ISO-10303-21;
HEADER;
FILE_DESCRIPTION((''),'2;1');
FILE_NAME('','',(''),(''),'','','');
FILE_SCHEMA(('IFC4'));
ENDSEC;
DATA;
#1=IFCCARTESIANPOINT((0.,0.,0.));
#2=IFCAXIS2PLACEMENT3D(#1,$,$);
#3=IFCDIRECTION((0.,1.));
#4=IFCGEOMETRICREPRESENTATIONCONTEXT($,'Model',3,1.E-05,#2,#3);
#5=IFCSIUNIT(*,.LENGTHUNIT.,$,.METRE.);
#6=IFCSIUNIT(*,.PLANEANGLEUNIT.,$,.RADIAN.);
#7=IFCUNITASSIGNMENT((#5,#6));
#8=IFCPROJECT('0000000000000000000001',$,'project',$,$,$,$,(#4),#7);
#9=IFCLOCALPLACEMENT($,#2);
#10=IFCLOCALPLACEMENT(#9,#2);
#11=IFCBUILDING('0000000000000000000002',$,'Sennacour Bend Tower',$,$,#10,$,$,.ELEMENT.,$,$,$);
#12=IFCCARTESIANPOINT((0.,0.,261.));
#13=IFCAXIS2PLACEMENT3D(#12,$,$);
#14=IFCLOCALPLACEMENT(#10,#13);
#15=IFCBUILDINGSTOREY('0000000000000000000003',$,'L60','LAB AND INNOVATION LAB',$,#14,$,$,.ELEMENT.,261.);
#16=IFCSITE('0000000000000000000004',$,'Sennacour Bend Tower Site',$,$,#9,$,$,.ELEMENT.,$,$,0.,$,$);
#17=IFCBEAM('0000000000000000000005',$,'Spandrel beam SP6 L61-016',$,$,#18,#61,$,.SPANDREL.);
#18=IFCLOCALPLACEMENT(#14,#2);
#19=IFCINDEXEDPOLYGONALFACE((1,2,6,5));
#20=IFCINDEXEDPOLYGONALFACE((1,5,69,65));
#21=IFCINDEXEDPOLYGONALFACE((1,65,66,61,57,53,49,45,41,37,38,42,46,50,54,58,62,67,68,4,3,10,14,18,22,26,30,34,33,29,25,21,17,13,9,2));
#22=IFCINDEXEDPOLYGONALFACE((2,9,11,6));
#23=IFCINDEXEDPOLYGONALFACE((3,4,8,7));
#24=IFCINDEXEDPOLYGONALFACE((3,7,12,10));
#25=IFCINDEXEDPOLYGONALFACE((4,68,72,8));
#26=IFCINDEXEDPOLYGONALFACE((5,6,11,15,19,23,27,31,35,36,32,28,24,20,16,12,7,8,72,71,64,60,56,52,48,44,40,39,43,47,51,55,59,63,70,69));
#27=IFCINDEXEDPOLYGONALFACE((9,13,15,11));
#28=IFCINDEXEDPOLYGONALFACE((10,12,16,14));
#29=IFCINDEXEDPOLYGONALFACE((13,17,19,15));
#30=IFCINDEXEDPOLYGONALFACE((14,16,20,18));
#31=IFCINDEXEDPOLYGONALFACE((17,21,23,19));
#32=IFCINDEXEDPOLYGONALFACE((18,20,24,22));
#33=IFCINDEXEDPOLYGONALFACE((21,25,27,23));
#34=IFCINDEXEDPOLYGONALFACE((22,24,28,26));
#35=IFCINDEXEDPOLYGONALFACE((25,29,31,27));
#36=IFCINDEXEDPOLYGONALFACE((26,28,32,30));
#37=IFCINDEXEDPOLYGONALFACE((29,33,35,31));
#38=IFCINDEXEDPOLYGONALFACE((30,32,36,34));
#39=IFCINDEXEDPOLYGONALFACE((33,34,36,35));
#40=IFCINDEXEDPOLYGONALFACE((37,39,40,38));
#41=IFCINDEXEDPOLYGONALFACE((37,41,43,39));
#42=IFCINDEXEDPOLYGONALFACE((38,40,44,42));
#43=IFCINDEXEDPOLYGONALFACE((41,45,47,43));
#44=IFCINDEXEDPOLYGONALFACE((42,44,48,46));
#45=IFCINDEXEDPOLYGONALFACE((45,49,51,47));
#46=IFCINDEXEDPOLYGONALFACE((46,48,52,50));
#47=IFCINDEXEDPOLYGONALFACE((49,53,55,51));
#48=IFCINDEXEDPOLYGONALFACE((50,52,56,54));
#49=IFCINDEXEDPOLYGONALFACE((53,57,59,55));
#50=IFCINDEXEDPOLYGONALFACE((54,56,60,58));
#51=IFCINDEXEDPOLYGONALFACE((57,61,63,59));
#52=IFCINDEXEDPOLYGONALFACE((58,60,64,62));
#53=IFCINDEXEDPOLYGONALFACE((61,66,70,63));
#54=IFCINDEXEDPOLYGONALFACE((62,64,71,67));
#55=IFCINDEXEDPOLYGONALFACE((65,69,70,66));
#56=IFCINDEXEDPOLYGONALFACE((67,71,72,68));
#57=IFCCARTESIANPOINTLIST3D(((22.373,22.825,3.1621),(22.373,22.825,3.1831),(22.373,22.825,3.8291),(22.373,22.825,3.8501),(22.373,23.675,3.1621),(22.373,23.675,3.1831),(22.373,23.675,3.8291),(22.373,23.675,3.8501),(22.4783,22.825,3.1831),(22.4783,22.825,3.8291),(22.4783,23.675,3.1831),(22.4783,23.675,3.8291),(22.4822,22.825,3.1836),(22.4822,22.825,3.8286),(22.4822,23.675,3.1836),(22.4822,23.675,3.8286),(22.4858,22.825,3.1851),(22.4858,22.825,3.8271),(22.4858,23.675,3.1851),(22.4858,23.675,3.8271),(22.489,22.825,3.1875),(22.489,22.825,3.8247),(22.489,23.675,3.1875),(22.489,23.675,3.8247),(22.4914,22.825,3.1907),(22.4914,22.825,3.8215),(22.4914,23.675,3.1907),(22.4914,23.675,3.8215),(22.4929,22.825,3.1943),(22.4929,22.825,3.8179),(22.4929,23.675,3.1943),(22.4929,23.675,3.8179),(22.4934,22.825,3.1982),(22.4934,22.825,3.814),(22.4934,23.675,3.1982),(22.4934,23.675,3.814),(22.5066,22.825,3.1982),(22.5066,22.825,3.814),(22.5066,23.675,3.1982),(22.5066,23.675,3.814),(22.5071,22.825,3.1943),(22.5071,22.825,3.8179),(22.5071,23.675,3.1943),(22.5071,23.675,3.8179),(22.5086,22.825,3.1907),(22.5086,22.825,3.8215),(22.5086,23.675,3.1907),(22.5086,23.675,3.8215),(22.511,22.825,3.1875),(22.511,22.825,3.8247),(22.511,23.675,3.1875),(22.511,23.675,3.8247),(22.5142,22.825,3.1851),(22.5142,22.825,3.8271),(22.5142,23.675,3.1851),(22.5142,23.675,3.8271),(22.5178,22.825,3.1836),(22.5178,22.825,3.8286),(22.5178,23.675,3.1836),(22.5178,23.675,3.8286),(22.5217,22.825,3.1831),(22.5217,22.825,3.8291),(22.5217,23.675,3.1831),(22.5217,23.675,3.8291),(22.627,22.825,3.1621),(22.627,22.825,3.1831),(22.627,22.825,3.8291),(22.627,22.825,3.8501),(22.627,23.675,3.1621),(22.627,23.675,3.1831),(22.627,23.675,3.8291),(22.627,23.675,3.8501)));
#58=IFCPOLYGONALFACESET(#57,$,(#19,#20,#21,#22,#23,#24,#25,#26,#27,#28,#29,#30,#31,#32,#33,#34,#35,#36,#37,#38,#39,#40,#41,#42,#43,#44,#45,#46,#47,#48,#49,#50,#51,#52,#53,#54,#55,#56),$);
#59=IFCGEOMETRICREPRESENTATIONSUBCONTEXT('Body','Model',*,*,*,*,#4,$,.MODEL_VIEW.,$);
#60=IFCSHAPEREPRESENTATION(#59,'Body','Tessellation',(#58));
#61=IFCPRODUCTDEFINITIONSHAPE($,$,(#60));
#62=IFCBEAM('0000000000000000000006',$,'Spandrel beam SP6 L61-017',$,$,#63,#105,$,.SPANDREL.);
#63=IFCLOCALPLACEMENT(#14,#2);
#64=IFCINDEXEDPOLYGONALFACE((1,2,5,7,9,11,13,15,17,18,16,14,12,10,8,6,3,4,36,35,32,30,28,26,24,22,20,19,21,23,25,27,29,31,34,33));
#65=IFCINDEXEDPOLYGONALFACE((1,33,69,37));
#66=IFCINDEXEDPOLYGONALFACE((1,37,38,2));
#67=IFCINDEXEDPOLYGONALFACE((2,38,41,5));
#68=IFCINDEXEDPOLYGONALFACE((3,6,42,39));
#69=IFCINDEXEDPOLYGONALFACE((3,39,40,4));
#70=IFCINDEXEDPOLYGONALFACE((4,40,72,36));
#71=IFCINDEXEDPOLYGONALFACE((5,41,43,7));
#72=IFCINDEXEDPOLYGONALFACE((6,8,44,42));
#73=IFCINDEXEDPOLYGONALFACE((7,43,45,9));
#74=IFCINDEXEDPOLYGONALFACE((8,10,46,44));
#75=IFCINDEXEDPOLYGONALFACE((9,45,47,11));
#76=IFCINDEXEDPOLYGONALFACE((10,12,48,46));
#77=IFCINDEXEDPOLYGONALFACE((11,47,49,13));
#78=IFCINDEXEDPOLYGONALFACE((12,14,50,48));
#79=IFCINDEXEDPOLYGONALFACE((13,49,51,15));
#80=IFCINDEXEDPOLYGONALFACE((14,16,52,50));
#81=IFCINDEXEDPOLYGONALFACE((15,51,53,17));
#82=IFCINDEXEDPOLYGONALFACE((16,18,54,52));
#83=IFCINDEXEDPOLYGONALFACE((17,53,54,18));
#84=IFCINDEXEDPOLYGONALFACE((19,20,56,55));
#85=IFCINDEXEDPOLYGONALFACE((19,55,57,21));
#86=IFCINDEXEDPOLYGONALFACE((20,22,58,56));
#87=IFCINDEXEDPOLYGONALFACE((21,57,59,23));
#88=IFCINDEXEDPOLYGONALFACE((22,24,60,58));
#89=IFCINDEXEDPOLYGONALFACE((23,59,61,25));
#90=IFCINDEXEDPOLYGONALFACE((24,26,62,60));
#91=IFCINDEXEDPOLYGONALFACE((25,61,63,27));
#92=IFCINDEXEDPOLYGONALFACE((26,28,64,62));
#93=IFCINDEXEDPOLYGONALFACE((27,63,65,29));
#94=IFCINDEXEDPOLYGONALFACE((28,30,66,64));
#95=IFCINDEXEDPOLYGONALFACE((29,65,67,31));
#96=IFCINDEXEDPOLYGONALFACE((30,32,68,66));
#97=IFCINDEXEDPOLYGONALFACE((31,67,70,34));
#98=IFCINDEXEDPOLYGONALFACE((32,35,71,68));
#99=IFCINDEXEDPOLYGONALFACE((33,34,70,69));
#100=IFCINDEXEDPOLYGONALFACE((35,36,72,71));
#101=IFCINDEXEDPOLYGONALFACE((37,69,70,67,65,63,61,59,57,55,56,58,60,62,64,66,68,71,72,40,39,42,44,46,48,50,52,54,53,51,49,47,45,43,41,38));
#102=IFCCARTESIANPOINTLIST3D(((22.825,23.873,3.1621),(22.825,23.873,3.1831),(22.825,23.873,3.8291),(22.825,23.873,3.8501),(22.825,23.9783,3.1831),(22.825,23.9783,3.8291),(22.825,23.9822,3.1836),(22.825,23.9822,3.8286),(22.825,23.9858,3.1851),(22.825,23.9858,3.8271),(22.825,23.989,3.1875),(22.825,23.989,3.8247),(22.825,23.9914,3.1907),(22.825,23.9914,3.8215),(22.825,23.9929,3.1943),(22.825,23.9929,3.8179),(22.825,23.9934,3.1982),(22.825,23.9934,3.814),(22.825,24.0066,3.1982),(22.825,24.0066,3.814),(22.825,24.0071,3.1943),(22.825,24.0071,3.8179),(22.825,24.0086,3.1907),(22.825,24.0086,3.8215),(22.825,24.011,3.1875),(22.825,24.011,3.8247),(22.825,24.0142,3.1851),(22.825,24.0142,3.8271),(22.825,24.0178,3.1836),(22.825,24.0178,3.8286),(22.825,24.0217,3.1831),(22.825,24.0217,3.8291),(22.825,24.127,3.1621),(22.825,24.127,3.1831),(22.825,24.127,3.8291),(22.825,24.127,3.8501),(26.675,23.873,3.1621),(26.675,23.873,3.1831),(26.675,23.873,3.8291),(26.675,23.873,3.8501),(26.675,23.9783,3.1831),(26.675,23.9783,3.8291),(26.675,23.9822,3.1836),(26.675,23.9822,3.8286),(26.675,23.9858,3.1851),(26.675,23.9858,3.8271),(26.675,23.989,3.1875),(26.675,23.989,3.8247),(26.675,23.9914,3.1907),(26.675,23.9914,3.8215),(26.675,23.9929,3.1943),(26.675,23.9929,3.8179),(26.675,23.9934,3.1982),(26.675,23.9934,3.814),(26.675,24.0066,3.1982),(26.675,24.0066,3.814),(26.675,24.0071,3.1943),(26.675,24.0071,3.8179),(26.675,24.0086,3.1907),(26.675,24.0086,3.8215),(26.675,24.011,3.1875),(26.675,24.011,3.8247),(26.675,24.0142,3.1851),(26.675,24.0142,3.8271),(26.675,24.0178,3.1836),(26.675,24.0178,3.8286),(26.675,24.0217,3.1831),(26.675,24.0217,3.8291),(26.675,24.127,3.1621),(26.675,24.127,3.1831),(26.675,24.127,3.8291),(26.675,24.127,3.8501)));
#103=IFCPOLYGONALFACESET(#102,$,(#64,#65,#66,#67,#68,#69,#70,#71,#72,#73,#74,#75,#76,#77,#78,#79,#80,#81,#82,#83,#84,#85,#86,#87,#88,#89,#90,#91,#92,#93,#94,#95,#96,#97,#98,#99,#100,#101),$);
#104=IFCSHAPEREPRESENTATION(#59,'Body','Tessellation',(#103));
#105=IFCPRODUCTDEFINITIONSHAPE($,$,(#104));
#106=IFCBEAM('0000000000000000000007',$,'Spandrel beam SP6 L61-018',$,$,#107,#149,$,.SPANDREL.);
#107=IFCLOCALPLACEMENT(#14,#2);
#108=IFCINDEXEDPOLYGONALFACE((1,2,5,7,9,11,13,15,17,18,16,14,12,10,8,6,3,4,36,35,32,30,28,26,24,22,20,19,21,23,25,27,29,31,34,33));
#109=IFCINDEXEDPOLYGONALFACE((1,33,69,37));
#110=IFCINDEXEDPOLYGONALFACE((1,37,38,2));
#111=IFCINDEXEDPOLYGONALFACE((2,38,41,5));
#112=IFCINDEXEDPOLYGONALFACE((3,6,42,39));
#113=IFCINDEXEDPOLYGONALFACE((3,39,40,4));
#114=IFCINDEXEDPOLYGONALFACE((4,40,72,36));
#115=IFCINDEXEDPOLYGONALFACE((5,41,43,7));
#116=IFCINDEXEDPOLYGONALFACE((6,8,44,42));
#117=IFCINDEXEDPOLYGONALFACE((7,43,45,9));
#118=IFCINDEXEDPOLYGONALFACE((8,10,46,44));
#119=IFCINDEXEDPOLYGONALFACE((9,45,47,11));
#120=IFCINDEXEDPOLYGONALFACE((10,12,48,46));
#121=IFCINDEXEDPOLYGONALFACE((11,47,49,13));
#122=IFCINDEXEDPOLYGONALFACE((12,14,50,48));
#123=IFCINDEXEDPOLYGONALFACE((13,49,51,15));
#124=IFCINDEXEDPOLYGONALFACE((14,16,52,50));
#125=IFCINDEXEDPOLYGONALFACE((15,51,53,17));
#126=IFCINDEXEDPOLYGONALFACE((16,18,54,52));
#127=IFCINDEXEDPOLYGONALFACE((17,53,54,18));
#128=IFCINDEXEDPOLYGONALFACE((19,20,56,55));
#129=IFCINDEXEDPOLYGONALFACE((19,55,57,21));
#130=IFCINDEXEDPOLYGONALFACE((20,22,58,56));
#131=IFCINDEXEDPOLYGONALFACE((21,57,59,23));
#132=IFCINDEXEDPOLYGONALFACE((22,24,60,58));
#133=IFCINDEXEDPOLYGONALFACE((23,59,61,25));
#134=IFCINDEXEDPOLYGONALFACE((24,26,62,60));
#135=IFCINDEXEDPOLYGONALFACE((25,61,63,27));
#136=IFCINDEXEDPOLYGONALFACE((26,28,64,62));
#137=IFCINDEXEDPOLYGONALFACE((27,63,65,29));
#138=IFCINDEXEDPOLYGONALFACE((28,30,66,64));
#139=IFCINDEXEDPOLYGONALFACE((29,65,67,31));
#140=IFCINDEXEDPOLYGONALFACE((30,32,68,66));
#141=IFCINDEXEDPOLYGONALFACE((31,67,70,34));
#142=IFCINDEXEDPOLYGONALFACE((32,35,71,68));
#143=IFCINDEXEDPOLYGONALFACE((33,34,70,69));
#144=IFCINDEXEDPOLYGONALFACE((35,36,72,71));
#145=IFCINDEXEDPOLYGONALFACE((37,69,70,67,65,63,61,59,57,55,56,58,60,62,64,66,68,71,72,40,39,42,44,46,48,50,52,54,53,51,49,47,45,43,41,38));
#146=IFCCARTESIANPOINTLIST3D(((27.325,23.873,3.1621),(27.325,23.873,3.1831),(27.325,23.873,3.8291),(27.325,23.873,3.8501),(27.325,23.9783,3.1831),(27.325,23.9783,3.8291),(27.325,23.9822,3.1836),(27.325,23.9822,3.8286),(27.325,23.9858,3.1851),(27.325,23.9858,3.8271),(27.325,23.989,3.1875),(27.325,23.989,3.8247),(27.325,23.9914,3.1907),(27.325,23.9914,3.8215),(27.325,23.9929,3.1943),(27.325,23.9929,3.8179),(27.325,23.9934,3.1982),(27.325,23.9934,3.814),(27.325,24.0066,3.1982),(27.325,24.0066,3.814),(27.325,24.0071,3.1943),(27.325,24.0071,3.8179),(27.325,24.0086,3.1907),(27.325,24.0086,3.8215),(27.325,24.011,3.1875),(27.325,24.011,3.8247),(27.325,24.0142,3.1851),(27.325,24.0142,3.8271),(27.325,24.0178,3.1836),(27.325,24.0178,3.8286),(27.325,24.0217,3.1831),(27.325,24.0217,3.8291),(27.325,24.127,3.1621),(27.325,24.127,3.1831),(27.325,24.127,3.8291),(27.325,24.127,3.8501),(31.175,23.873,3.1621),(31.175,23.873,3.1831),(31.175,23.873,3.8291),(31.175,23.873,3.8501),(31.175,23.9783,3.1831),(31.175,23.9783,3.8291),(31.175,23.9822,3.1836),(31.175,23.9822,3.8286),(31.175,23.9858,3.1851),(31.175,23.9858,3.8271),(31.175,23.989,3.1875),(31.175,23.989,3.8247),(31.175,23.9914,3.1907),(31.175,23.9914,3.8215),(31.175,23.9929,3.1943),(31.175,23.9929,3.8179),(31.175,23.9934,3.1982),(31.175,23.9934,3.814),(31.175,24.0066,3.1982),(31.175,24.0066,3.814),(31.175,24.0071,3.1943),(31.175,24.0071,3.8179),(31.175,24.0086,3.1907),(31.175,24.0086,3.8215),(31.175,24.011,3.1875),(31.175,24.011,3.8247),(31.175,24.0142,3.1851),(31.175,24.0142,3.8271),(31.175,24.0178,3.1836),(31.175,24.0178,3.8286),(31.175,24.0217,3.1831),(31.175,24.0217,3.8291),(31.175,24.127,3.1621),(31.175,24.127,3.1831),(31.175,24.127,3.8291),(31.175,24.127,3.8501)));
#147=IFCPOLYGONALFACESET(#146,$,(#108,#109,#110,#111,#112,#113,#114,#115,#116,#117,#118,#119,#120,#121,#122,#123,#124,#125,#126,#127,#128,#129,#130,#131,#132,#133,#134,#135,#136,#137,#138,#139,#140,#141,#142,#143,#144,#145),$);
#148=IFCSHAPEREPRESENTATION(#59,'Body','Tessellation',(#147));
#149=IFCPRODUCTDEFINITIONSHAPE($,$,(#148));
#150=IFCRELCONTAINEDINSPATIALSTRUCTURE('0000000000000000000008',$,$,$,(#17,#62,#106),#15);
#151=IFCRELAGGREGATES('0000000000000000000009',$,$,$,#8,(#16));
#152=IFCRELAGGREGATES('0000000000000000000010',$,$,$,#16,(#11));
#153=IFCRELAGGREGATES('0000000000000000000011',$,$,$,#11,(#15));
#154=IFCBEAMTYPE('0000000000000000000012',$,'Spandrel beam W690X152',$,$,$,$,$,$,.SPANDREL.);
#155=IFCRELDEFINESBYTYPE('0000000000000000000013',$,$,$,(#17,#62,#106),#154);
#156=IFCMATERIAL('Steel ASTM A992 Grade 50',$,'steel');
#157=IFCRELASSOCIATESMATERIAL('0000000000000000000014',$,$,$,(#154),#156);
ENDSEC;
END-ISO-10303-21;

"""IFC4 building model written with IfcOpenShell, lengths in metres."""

from ifc_helpers import new_model, si_unit, direction, frame, origin, origin_2d, place, context, subcontext, project, spatial, i_section, extrude, material, material_profile, profile_set, type_object, element, save


model = new_model("IFC4")

# Units and contexts
model_context = context("Model", 3, precision=1e-05, world=origin(), true_north=direction((0.0, 1.0)))
body_context = subcontext(model_context, "Body", "Model", "MODEL_VIEW")
ifc_project = project(units=[si_unit("LENGTHUNIT", "METRE"), si_unit("PLANEANGLEUNIT", "RADIAN")], contexts=[model_context])

# Site, building, storey
site_placement = place(None, origin())
site = spatial("IfcSite", under=ifc_project, at=site_placement, Name="Sennacour Bend Tower Site", CompositionType="ELEMENT", RefElevation=0.0)
building_placement = place(site_placement, origin())
building = spatial("IfcBuilding", under=site, at=building_placement, Name="Sennacour Bend Tower", CompositionType="ELEMENT")
storey_placement = place(building_placement, frame((0.0, 0.0, 261.0)))
storey = spatial("IfcBuildingStorey", under=building, at=storey_placement, Name="L60", Description="LAB AND INNOVATION LAB", CompositionType="ELEMENT", Elevation=261.0)

# Beams
ifc_material_1 = material(Name="Steel ASTM A992 Grade 50", Category="steel")
ifc_material_profile_1 = material_profile(ifc_material_1, i_section(OverallWidth=0.2539, OverallDepth=0.688, WebThickness=0.0132, FlangeThickness=0.021, FilletRadius=0.0151, at=origin_2d()), Name="Steel ASTM A992 Grade 50", Category="steel")
ifc_profile_set_1 = profile_set([ifc_material_profile_1], Name="Steel ASTM A992 Grade 50")
beam_type = type_object("IfcBeamType", Name="Spandrel beam W690X152", PredefinedType="SPANDREL", material=ifc_profile_set_1)
beam_placement = place(storey_placement, frame((22.5, 22.825, 3.5061), z_axis=(0.0, 1.0, 0.0), x_axis=(-1.0, 0.0, 0.0)))
element("IfcBeam", 1, at=beam_placement, inside=storey, type_object=beam_type, Name="Spandrel beam SP6 L61-016", PredefinedType="SPANDREL", context=body_context, shape_type="SweptSolid", body=[
    extrude(i_section(OverallWidth=0.2539, OverallDepth=0.688, WebThickness=0.0132, FlangeThickness=0.021, FilletRadius=0.0151, at=origin_2d()), origin(), (0.0, 0.0, 1.0), 0.8501),
])
for number, where, z_axis, x_axis, name in (
    (2, (22.825, 24.0, 3.5061), (1.0, 0.0, 0.0), (0.0, 1.0, 0.0), "Spandrel beam SP6 L61-017"),
    (3, (27.325, 24.0, 3.5061), (1.0, 0.0, 0.0), (0.0, 1.0, 0.0), "Spandrel beam SP6 L61-018"),
):
    element("IfcBeam", number, at=place(storey_placement, frame(where, z_axis=z_axis, x_axis=x_axis)), inside=storey, type_object=beam_type, Name=name, PredefinedType="SPANDREL", context=body_context, shape_type="SweptSolid", body=[
        extrude(i_section(OverallWidth=0.2539, OverallDepth=0.688, WebThickness=0.0132, FlangeThickness=0.021, FilletRadius=0.0151, at=origin_2d()), origin(), (0.0, 0.0, 1.0), 3.8501),
    ])

save(model, "model.ifc")
